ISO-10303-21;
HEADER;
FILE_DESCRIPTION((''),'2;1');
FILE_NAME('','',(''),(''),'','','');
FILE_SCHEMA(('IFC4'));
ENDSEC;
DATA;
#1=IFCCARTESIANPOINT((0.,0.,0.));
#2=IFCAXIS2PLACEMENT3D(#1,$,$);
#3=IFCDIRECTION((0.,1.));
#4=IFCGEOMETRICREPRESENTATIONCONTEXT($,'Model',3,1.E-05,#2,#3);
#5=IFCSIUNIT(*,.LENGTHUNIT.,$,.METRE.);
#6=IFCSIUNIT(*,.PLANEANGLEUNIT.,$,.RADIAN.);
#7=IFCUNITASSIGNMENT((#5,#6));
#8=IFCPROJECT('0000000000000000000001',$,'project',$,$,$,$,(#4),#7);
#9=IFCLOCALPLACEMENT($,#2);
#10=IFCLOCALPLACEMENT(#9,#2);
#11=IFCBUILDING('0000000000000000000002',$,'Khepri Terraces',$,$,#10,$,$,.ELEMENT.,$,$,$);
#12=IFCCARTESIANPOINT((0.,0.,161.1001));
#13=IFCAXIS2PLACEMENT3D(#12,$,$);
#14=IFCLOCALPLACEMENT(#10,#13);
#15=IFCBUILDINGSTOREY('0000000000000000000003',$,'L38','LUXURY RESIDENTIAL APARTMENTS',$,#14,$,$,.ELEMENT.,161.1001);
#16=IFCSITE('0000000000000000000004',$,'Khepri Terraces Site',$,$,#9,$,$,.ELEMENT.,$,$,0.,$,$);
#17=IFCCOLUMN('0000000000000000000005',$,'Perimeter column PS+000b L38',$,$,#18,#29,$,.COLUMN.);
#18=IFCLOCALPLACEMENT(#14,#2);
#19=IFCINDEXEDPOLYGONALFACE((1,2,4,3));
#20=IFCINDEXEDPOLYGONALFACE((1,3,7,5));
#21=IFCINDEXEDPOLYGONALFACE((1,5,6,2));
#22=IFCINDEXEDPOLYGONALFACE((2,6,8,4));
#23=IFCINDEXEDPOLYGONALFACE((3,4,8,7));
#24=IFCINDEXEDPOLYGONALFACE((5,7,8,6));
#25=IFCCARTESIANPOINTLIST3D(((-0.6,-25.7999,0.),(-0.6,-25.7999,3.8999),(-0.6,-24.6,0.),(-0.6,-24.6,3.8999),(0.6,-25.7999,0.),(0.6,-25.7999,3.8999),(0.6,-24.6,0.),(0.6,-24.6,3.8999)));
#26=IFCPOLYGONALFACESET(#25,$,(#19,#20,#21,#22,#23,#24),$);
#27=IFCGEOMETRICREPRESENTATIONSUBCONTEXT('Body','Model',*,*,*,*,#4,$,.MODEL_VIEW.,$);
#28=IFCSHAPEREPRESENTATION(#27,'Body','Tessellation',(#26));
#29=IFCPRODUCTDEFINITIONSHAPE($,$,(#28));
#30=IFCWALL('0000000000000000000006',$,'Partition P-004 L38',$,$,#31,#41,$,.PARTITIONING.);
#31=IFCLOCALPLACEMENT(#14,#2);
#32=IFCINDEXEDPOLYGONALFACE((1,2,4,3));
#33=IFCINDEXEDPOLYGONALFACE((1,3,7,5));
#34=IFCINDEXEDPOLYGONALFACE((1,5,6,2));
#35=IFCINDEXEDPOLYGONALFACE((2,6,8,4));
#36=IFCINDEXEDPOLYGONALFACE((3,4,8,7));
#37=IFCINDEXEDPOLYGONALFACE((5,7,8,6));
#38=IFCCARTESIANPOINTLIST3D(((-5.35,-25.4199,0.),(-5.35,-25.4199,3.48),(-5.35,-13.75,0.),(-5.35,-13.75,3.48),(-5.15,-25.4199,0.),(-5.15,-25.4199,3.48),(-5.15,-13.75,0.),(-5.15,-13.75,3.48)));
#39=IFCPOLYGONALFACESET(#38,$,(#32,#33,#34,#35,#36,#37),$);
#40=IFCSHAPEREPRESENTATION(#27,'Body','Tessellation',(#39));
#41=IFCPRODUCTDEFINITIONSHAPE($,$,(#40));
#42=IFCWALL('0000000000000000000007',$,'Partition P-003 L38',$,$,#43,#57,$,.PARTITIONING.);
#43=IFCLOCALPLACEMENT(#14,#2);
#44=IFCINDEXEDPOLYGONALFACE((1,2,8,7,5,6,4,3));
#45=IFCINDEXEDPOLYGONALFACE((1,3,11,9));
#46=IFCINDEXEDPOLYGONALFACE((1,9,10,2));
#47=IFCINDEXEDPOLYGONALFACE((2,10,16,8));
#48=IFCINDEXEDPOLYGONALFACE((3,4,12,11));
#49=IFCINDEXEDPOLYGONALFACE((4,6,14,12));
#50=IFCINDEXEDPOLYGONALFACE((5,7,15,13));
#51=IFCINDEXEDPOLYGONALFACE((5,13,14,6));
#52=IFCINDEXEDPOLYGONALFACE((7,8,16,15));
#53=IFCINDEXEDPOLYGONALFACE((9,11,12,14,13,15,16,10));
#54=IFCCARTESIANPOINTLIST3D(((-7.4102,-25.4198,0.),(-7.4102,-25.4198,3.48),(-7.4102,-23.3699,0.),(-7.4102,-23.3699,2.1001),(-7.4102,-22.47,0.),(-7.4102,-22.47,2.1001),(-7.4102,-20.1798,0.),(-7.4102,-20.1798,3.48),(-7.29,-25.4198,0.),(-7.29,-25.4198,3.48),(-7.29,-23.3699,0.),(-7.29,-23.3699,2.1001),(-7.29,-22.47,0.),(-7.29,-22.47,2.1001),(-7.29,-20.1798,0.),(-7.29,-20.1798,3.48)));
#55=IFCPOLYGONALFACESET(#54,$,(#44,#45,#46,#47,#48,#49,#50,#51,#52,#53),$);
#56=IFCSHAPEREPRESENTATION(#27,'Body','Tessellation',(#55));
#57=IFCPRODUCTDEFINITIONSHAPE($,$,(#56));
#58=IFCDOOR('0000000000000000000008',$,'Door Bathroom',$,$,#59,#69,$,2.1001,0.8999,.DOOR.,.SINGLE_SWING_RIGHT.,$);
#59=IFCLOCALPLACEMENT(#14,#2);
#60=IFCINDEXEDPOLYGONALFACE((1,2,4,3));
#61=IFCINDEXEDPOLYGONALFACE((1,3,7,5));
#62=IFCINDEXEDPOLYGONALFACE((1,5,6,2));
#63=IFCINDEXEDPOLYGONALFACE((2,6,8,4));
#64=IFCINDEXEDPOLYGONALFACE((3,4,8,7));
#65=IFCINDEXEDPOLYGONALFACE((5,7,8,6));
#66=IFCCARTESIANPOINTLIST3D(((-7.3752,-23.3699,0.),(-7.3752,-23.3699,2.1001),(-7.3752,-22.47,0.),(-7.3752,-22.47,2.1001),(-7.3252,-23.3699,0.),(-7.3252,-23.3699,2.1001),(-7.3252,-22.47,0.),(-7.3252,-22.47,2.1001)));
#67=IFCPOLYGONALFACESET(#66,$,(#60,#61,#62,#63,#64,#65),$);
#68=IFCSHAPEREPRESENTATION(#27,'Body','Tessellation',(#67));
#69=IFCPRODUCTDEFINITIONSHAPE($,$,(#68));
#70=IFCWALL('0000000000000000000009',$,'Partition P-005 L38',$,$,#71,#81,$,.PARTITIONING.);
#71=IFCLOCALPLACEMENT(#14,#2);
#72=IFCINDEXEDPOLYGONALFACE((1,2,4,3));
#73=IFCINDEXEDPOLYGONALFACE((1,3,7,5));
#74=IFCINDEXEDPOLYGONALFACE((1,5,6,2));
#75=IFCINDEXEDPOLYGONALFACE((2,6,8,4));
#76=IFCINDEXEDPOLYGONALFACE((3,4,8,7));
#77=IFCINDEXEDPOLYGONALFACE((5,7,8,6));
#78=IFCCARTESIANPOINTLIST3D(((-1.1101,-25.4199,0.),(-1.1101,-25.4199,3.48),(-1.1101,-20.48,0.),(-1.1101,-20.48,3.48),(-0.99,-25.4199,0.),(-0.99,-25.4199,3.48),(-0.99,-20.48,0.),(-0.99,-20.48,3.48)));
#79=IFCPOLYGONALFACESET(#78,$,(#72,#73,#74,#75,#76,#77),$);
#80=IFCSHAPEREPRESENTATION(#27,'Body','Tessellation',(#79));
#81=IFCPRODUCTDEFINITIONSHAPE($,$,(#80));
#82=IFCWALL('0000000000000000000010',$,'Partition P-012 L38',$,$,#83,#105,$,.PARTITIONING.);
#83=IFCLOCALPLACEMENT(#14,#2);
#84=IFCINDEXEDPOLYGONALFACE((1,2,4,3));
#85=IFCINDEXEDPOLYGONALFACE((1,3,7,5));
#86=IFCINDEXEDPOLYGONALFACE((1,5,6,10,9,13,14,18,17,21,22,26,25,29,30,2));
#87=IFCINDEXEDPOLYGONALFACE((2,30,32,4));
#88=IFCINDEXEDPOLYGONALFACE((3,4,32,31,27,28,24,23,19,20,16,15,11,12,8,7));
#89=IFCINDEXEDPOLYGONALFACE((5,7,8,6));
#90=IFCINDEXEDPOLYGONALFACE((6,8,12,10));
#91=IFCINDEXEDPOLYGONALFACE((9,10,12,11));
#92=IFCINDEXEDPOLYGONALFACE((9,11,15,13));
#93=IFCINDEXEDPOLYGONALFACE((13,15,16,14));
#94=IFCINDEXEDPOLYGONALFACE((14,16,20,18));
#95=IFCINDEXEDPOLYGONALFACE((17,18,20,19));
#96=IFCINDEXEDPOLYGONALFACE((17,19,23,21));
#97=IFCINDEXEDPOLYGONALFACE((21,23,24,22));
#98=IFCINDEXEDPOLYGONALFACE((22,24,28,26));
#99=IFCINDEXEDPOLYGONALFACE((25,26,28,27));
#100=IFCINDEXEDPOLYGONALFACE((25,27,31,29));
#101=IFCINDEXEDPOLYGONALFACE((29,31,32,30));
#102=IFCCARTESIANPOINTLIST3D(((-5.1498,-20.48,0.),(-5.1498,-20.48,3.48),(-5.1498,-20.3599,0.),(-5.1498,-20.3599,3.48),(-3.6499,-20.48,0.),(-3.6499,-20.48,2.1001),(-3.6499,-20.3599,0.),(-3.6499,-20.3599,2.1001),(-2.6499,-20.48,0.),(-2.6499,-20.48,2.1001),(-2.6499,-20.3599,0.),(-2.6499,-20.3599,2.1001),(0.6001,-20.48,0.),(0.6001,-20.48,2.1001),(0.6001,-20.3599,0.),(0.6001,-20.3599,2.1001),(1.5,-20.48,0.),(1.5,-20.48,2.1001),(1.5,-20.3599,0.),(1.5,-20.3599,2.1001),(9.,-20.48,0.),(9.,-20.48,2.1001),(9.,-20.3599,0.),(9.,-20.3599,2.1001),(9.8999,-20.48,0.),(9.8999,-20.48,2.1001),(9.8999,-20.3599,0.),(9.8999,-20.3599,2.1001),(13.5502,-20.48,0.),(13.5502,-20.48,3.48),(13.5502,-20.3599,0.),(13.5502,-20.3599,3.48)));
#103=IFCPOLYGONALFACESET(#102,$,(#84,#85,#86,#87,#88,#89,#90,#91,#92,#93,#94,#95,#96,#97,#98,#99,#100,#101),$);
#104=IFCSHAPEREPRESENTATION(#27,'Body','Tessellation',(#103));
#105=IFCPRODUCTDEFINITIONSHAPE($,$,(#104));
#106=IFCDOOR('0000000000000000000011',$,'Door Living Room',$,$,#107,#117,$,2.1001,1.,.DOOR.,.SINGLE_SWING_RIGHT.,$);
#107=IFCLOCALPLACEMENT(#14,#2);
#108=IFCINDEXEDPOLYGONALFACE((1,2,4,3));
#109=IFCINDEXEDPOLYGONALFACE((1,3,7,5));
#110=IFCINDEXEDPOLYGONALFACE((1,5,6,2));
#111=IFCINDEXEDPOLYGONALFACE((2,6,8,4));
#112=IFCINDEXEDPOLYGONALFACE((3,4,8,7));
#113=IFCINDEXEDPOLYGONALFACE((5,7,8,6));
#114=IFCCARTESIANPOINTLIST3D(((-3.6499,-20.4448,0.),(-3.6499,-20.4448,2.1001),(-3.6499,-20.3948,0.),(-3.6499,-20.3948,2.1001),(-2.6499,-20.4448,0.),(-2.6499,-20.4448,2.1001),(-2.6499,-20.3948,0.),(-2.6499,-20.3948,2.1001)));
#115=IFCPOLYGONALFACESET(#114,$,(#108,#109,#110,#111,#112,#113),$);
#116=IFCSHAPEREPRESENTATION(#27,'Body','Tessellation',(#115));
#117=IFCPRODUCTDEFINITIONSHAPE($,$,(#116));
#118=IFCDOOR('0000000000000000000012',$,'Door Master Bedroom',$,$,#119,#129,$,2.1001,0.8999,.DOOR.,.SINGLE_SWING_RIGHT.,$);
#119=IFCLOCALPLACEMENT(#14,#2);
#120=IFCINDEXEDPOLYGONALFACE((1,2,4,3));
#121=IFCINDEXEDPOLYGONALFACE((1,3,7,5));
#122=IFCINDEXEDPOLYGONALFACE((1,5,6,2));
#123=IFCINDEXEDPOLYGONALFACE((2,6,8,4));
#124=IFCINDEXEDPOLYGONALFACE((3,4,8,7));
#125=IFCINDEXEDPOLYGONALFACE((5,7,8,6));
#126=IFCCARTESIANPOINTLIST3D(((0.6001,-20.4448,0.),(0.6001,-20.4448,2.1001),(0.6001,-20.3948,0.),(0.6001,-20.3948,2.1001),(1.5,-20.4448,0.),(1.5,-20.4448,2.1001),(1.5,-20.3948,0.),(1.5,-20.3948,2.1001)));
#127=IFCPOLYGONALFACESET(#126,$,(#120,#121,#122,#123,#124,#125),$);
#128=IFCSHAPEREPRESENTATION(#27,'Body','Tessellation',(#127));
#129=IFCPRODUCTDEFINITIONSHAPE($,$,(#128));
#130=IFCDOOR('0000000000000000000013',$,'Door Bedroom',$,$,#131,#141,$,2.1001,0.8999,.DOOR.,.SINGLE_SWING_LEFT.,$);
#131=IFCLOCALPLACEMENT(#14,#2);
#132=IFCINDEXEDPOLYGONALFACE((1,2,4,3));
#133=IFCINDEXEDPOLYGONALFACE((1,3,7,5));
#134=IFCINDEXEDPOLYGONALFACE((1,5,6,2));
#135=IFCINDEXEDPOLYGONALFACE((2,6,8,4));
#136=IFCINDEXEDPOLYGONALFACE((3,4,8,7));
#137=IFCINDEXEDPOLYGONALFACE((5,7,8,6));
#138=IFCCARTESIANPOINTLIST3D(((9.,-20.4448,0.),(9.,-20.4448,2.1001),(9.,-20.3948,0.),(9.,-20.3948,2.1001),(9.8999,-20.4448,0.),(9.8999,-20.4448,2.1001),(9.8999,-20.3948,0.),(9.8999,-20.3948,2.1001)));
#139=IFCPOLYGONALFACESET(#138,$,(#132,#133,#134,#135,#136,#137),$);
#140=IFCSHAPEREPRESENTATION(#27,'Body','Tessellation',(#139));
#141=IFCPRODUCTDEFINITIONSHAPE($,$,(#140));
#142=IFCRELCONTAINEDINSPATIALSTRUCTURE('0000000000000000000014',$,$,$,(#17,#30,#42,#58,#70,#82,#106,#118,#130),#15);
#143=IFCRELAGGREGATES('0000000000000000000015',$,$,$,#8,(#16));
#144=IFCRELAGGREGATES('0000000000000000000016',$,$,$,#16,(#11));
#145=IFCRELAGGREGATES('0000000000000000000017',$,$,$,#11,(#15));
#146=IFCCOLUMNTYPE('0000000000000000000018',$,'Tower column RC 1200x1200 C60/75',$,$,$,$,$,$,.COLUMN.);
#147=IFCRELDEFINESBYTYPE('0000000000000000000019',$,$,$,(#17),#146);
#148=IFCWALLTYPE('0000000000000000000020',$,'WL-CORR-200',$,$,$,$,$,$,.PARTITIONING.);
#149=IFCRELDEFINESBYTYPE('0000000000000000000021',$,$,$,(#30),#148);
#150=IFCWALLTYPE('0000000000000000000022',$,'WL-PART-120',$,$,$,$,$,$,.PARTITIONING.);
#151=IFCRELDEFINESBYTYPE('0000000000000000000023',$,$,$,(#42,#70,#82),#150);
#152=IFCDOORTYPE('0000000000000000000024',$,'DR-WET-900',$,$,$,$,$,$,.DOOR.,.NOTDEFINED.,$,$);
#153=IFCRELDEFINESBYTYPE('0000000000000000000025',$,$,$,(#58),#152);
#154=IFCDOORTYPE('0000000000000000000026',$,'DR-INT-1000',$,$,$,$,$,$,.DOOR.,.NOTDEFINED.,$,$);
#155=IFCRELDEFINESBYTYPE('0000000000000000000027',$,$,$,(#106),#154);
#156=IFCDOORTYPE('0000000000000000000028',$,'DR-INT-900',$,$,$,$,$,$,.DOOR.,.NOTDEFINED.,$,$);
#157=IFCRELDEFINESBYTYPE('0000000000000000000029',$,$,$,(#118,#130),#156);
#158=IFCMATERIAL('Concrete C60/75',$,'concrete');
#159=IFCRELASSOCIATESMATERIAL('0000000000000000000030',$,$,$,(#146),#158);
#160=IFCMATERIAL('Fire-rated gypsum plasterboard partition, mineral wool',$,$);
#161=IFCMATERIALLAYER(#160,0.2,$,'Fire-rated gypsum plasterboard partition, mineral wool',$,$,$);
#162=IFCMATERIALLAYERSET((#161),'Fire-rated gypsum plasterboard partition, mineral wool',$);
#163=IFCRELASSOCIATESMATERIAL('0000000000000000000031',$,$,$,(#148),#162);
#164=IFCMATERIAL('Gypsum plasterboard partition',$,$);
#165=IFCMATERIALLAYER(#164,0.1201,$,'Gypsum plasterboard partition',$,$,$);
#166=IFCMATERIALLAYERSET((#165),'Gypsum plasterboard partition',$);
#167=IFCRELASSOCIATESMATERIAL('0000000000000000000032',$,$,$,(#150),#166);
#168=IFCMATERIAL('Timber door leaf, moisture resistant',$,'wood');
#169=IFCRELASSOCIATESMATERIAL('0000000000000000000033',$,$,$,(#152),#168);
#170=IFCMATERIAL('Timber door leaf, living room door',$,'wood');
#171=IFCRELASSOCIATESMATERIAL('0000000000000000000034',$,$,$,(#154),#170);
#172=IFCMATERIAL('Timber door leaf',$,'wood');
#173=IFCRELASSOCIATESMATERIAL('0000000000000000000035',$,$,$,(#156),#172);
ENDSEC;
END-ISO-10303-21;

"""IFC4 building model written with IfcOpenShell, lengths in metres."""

from ifc_helpers import new_model, si_unit, direction, frame, frame_2d, origin, origin_2d, place, context, subcontext, project, spatial, rectangle, extrude, material, layer, layer_set, material_profile, profile_set, type_object, element, fill, save


model = new_model("IFC4")

# Units and contexts
model_context = context("Model", 3, precision=1e-05, world=origin(), true_north=direction((0.0, 1.0)))
body_context = subcontext(model_context, "Body", "Model", "MODEL_VIEW")
ifc_project = project(units=[si_unit("LENGTHUNIT", "METRE"), si_unit("PLANEANGLEUNIT", "RADIAN")], contexts=[model_context])

# Site, building, storey
site_placement = place(None, origin())
site = spatial("IfcSite", under=ifc_project, at=site_placement, Name="Khepri Terraces Site", CompositionType="ELEMENT", RefElevation=0.0)
building_placement = place(site_placement, origin())
building = spatial("IfcBuilding", under=site, at=building_placement, Name="Khepri Terraces", CompositionType="ELEMENT")
storey_placement = place(building_placement, frame((0.0, 0.0, 161.1001)))
storey = spatial("IfcBuildingStorey", under=building, at=storey_placement, Name="L38", Description="LUXURY RESIDENTIAL APARTMENTS", CompositionType="ELEMENT", Elevation=161.1001)

# Column
ifc_material_1 = material(Name="Concrete C60/75", Category="concrete")
ifc_material_profile = material_profile(ifc_material_1, rectangle(XDim=1.2, YDim=1.2, at=origin_2d()), Name="Concrete C60/75", Category="concrete")
ifc_profile_set = profile_set([ifc_material_profile], Name="Concrete C60/75")
column_type = type_object("IfcColumnType", Name="Tower column RC 1200x1200 C60/75", PredefinedType="COLUMN", material=ifc_profile_set)
column_placement = place(storey_placement, frame((0.0, -25.2, 0.0), z_axis=(0.0, 0.0, 1.0), x_axis=(1.0, 0.0, 0.0)))
element("IfcColumn", 1, at=column_placement, inside=storey, type_object=column_type, Name="Perimeter column PS+000b L38", PredefinedType="COLUMN", context=body_context, shape_type="SweptSolid", body=[
    extrude(rectangle(XDim=1.2, YDim=1.2, at=origin_2d()), origin(), (0.0, 0.0, 1.0), 3.8999),
])

# Wall
ifc_material_2 = material(Name="Fire-rated gypsum plasterboard partition, mineral wool")
ifc_layer_1 = layer(ifc_material_2, 0.2, Name="Fire-rated gypsum plasterboard partition, mineral wool")
ifc_layer_set_1 = layer_set([ifc_layer_1], Name="Fire-rated gypsum plasterboard partition, mineral wool")
wall_type_1 = type_object("IfcWallType", Name="WL-CORR-200", PredefinedType="PARTITIONING", material=ifc_layer_set_1)
wall_1_placement = place(storey_placement, frame((-5.25, -25.4199, 0.0), z_axis=(0.0, 0.0, 1.0), x_axis=(0.0, 1.0, 0.0)))
element("IfcWall", 2, at=wall_1_placement, inside=storey, type_object=wall_type_1, Name="Partition P-004 L38", PredefinedType="PARTITIONING", context=body_context, shape_type="SweptSolid", body=[
    extrude(rectangle(XDim=11.6699, YDim=0.2, at=frame_2d((5.835, 0.0))), origin(), (0.0, 0.0, 1.0), 3.48),
])

# Wall, opening, door
ifc_material_3 = material(Name="Gypsum plasterboard partition")
ifc_layer_2 = layer(ifc_material_3, 0.1201, Name="Gypsum plasterboard partition")
ifc_layer_set_2 = layer_set([ifc_layer_2], Name="Gypsum plasterboard partition")
wall_type_2 = type_object("IfcWallType", Name="WL-PART-120", PredefinedType="PARTITIONING", material=ifc_layer_set_2)
wall_2_placement = place(storey_placement, frame((-7.3501, -25.4199, 0.0), z_axis=(0.0, 0.0, 1.0), x_axis=(0.0, 1.0, 0.0)))
wall_2 = element("IfcWall", 3, at=wall_2_placement, inside=storey, type_object=wall_type_2, Name="Partition P-003 L38", PredefinedType="PARTITIONING", context=body_context, shape_type="SweptSolid", body=[
    extrude(rectangle(XDim=5.24, YDim=0.1201, at=frame_2d((2.6201, 0.0))), origin(), (0.0, 0.0, 1.0), 3.48),
])
opening_1_placement = place(wall_2_placement, frame((2.05, 0.0, 0.0)))
opening_1 = element("IfcOpeningElement", 4, at=opening_1_placement, cuts=wall_2, PredefinedType="OPENING", context=body_context, shape_type="SweptSolid", body=[
    extrude(rectangle(XDim=0.8999, YDim=2.1001, at=frame_2d((0.45, 1.05))), frame((0.0, 0.0701, 0.0), z_axis=(0.0, -1.0, 0.0), x_axis=(1.0, 0.0, 0.0)), (0.0, 0.0, 1.0), 0.1401),
])
ifc_material_4 = material(Name="Timber door leaf, moisture resistant", Category="wood")
door_type_1 = type_object("IfcDoorType", Name="DR-WET-900", OperationType="NOTDEFINED", PredefinedType="DOOR", material=ifc_material_4)
door_1_placement = place(opening_1_placement, frame((0.8999, 0.0, 0.0), z_axis=(0.0, 0.0, 1.0), x_axis=(-1.0, 0.0, 0.0)))
door_1 = element("IfcDoor", 5, at=door_1_placement, inside=storey, type_object=door_type_1, Name="Door Bathroom", OperationType="SINGLE_SWING_RIGHT", OverallHeight=2.1001, OverallWidth=0.8999, PredefinedType="DOOR", context=body_context, shape_type="SweptSolid", body=[
    extrude(rectangle(XDim=0.8999, YDim=2.1001, at=frame_2d((0.45, 1.05))), frame((0.0, 0.0249, 0.0), z_axis=(0.0, -1.0, 0.0), x_axis=(1.0, 0.0, 0.0)), (0.0, 0.0, 1.0), 0.05),
])
fill(opening_1, door_1)

# Wall
wall_3_placement = place(storey_placement, frame((-1.05, -25.4199, 0.0), z_axis=(0.0, 0.0, 1.0), x_axis=(0.0, 1.0, 0.0)))
element("IfcWall", 6, at=wall_3_placement, inside=storey, type_object=wall_type_2, Name="Partition P-005 L38", PredefinedType="PARTITIONING", context=body_context, shape_type="SweptSolid", body=[
    extrude(rectangle(XDim=4.9399, YDim=0.1201, at=frame_2d((2.47, 0.0))), origin(), (0.0, 0.0, 1.0), 3.48),
])

# Wall, openings, doors
wall_4_placement = place(storey_placement, frame((-5.1499, -20.4199, 0.0), z_axis=(0.0, 0.0, 1.0), x_axis=(1.0, 0.0, 0.0)))
wall_4 = element("IfcWall", 7, at=wall_4_placement, inside=storey, type_object=wall_type_2, Name="Partition P-012 L38", PredefinedType="PARTITIONING", context=body_context, shape_type="SweptSolid", body=[
    extrude(rectangle(XDim=18.7, YDim=0.1201, at=frame_2d((9.3501, 0.0))), origin(), (0.0, 0.0, 1.0), 3.48),
])
opening_2_placement = place(wall_4_placement, frame((1.5, 0.0, 0.0)))
opening_2 = element("IfcOpeningElement", 8, at=opening_2_placement, cuts=wall_4, PredefinedType="OPENING", context=body_context, shape_type="SweptSolid", body=[
    extrude(rectangle(XDim=1.0, YDim=2.1001, at=frame_2d((0.5, 1.05))), frame((0.0, 0.0701, 0.0), z_axis=(0.0, -1.0, 0.0), x_axis=(1.0, 0.0, 0.0)), (0.0, 0.0, 1.0), 0.1401),
])
opening_3_placement = place(wall_4_placement, frame((5.75, 0.0, 0.0)))
opening_3 = element("IfcOpeningElement", 9, at=opening_3_placement, cuts=wall_4, PredefinedType="OPENING", context=body_context, shape_type="SweptSolid", body=[
    extrude(rectangle(XDim=0.8999, YDim=2.1001, at=frame_2d((0.45, 1.05))), frame((0.0, 0.0701, 0.0), z_axis=(0.0, -1.0, 0.0), x_axis=(1.0, 0.0, 0.0)), (0.0, 0.0, 1.0), 0.1401),
])
opening_4_placement = place(wall_4_placement, frame((14.1499, 0.0, 0.0)))
opening_4 = element("IfcOpeningElement", 10, at=opening_4_placement, cuts=wall_4, PredefinedType="OPENING", context=body_context, shape_type="SweptSolid", body=[
    extrude(rectangle(XDim=0.8999, YDim=2.1001, at=frame_2d((0.45, 1.05))), frame((0.0, 0.0701, 0.0), z_axis=(0.0, -1.0, 0.0), x_axis=(1.0, 0.0, 0.0)), (0.0, 0.0, 1.0), 0.1401),
])
ifc_material_5 = material(Name="Timber door leaf, living room door", Category="wood")
door_type_2 = type_object("IfcDoorType", Name="DR-INT-1000", OperationType="NOTDEFINED", PredefinedType="DOOR", material=ifc_material_5)
door_2_placement = place(opening_2_placement, frame((1.0, 0.0, 0.0), z_axis=(0.0, 0.0, 1.0), x_axis=(-1.0, 0.0, 0.0)))
door_2 = element("IfcDoor", 11, at=door_2_placement, inside=storey, type_object=door_type_2, Name="Door Living Room", OperationType="SINGLE_SWING_RIGHT", OverallHeight=2.1001, OverallWidth=1.0, PredefinedType="DOOR", context=body_context, shape_type="SweptSolid", body=[
    extrude(rectangle(XDim=1.0, YDim=2.1001, at=frame_2d((0.5, 1.05))), frame((0.0, 0.0249, 0.0), z_axis=(0.0, -1.0, 0.0), x_axis=(1.0, 0.0, 0.0)), (0.0, 0.0, 1.0), 0.05),
])
fill(opening_2, door_2)
ifc_material_6 = material(Name="Timber door leaf", Category="wood")
door_type_3 = type_object("IfcDoorType", Name="DR-INT-900", OperationType="NOTDEFINED", PredefinedType="DOOR", material=ifc_material_6)
door_3_placement = place(opening_3_placement, frame((0.8999, 0.0, 0.0), z_axis=(0.0, 0.0, 1.0), x_axis=(-1.0, 0.0, 0.0)))
door_3 = element("IfcDoor", 12, at=door_3_placement, inside=storey, type_object=door_type_3, Name="Door Master Bedroom", OperationType="SINGLE_SWING_RIGHT", OverallHeight=2.1001, OverallWidth=0.8999, PredefinedType="DOOR", context=body_context, shape_type="SweptSolid", body=[
    extrude(rectangle(XDim=0.8999, YDim=2.1001, at=frame_2d((0.45, 1.05))), frame((0.0, 0.0249, 0.0), z_axis=(0.0, -1.0, 0.0), x_axis=(1.0, 0.0, 0.0)), (0.0, 0.0, 1.0), 0.05),
])
fill(opening_3, door_3)
door_4_placement = place(opening_4_placement, frame((0.8999, 0.0, 0.0), z_axis=(0.0, 0.0, 1.0), x_axis=(-1.0, 0.0, 0.0)))
door_4 = element("IfcDoor", 13, at=door_4_placement, inside=storey, type_object=door_type_3, Name="Door Bedroom", OperationType="SINGLE_SWING_LEFT", OverallHeight=2.1001, OverallWidth=0.8999, PredefinedType="DOOR", context=body_context, shape_type="SweptSolid", body=[
    extrude(rectangle(XDim=0.8999, YDim=2.1001, at=frame_2d((0.45, 1.05))), frame((0.0, 0.0249, 0.0), z_axis=(0.0, -1.0, 0.0), x_axis=(1.0, 0.0, 0.0)), (0.0, 0.0, 1.0), 0.05),
])
fill(opening_4, door_4)

save(model, "model.ifc")
